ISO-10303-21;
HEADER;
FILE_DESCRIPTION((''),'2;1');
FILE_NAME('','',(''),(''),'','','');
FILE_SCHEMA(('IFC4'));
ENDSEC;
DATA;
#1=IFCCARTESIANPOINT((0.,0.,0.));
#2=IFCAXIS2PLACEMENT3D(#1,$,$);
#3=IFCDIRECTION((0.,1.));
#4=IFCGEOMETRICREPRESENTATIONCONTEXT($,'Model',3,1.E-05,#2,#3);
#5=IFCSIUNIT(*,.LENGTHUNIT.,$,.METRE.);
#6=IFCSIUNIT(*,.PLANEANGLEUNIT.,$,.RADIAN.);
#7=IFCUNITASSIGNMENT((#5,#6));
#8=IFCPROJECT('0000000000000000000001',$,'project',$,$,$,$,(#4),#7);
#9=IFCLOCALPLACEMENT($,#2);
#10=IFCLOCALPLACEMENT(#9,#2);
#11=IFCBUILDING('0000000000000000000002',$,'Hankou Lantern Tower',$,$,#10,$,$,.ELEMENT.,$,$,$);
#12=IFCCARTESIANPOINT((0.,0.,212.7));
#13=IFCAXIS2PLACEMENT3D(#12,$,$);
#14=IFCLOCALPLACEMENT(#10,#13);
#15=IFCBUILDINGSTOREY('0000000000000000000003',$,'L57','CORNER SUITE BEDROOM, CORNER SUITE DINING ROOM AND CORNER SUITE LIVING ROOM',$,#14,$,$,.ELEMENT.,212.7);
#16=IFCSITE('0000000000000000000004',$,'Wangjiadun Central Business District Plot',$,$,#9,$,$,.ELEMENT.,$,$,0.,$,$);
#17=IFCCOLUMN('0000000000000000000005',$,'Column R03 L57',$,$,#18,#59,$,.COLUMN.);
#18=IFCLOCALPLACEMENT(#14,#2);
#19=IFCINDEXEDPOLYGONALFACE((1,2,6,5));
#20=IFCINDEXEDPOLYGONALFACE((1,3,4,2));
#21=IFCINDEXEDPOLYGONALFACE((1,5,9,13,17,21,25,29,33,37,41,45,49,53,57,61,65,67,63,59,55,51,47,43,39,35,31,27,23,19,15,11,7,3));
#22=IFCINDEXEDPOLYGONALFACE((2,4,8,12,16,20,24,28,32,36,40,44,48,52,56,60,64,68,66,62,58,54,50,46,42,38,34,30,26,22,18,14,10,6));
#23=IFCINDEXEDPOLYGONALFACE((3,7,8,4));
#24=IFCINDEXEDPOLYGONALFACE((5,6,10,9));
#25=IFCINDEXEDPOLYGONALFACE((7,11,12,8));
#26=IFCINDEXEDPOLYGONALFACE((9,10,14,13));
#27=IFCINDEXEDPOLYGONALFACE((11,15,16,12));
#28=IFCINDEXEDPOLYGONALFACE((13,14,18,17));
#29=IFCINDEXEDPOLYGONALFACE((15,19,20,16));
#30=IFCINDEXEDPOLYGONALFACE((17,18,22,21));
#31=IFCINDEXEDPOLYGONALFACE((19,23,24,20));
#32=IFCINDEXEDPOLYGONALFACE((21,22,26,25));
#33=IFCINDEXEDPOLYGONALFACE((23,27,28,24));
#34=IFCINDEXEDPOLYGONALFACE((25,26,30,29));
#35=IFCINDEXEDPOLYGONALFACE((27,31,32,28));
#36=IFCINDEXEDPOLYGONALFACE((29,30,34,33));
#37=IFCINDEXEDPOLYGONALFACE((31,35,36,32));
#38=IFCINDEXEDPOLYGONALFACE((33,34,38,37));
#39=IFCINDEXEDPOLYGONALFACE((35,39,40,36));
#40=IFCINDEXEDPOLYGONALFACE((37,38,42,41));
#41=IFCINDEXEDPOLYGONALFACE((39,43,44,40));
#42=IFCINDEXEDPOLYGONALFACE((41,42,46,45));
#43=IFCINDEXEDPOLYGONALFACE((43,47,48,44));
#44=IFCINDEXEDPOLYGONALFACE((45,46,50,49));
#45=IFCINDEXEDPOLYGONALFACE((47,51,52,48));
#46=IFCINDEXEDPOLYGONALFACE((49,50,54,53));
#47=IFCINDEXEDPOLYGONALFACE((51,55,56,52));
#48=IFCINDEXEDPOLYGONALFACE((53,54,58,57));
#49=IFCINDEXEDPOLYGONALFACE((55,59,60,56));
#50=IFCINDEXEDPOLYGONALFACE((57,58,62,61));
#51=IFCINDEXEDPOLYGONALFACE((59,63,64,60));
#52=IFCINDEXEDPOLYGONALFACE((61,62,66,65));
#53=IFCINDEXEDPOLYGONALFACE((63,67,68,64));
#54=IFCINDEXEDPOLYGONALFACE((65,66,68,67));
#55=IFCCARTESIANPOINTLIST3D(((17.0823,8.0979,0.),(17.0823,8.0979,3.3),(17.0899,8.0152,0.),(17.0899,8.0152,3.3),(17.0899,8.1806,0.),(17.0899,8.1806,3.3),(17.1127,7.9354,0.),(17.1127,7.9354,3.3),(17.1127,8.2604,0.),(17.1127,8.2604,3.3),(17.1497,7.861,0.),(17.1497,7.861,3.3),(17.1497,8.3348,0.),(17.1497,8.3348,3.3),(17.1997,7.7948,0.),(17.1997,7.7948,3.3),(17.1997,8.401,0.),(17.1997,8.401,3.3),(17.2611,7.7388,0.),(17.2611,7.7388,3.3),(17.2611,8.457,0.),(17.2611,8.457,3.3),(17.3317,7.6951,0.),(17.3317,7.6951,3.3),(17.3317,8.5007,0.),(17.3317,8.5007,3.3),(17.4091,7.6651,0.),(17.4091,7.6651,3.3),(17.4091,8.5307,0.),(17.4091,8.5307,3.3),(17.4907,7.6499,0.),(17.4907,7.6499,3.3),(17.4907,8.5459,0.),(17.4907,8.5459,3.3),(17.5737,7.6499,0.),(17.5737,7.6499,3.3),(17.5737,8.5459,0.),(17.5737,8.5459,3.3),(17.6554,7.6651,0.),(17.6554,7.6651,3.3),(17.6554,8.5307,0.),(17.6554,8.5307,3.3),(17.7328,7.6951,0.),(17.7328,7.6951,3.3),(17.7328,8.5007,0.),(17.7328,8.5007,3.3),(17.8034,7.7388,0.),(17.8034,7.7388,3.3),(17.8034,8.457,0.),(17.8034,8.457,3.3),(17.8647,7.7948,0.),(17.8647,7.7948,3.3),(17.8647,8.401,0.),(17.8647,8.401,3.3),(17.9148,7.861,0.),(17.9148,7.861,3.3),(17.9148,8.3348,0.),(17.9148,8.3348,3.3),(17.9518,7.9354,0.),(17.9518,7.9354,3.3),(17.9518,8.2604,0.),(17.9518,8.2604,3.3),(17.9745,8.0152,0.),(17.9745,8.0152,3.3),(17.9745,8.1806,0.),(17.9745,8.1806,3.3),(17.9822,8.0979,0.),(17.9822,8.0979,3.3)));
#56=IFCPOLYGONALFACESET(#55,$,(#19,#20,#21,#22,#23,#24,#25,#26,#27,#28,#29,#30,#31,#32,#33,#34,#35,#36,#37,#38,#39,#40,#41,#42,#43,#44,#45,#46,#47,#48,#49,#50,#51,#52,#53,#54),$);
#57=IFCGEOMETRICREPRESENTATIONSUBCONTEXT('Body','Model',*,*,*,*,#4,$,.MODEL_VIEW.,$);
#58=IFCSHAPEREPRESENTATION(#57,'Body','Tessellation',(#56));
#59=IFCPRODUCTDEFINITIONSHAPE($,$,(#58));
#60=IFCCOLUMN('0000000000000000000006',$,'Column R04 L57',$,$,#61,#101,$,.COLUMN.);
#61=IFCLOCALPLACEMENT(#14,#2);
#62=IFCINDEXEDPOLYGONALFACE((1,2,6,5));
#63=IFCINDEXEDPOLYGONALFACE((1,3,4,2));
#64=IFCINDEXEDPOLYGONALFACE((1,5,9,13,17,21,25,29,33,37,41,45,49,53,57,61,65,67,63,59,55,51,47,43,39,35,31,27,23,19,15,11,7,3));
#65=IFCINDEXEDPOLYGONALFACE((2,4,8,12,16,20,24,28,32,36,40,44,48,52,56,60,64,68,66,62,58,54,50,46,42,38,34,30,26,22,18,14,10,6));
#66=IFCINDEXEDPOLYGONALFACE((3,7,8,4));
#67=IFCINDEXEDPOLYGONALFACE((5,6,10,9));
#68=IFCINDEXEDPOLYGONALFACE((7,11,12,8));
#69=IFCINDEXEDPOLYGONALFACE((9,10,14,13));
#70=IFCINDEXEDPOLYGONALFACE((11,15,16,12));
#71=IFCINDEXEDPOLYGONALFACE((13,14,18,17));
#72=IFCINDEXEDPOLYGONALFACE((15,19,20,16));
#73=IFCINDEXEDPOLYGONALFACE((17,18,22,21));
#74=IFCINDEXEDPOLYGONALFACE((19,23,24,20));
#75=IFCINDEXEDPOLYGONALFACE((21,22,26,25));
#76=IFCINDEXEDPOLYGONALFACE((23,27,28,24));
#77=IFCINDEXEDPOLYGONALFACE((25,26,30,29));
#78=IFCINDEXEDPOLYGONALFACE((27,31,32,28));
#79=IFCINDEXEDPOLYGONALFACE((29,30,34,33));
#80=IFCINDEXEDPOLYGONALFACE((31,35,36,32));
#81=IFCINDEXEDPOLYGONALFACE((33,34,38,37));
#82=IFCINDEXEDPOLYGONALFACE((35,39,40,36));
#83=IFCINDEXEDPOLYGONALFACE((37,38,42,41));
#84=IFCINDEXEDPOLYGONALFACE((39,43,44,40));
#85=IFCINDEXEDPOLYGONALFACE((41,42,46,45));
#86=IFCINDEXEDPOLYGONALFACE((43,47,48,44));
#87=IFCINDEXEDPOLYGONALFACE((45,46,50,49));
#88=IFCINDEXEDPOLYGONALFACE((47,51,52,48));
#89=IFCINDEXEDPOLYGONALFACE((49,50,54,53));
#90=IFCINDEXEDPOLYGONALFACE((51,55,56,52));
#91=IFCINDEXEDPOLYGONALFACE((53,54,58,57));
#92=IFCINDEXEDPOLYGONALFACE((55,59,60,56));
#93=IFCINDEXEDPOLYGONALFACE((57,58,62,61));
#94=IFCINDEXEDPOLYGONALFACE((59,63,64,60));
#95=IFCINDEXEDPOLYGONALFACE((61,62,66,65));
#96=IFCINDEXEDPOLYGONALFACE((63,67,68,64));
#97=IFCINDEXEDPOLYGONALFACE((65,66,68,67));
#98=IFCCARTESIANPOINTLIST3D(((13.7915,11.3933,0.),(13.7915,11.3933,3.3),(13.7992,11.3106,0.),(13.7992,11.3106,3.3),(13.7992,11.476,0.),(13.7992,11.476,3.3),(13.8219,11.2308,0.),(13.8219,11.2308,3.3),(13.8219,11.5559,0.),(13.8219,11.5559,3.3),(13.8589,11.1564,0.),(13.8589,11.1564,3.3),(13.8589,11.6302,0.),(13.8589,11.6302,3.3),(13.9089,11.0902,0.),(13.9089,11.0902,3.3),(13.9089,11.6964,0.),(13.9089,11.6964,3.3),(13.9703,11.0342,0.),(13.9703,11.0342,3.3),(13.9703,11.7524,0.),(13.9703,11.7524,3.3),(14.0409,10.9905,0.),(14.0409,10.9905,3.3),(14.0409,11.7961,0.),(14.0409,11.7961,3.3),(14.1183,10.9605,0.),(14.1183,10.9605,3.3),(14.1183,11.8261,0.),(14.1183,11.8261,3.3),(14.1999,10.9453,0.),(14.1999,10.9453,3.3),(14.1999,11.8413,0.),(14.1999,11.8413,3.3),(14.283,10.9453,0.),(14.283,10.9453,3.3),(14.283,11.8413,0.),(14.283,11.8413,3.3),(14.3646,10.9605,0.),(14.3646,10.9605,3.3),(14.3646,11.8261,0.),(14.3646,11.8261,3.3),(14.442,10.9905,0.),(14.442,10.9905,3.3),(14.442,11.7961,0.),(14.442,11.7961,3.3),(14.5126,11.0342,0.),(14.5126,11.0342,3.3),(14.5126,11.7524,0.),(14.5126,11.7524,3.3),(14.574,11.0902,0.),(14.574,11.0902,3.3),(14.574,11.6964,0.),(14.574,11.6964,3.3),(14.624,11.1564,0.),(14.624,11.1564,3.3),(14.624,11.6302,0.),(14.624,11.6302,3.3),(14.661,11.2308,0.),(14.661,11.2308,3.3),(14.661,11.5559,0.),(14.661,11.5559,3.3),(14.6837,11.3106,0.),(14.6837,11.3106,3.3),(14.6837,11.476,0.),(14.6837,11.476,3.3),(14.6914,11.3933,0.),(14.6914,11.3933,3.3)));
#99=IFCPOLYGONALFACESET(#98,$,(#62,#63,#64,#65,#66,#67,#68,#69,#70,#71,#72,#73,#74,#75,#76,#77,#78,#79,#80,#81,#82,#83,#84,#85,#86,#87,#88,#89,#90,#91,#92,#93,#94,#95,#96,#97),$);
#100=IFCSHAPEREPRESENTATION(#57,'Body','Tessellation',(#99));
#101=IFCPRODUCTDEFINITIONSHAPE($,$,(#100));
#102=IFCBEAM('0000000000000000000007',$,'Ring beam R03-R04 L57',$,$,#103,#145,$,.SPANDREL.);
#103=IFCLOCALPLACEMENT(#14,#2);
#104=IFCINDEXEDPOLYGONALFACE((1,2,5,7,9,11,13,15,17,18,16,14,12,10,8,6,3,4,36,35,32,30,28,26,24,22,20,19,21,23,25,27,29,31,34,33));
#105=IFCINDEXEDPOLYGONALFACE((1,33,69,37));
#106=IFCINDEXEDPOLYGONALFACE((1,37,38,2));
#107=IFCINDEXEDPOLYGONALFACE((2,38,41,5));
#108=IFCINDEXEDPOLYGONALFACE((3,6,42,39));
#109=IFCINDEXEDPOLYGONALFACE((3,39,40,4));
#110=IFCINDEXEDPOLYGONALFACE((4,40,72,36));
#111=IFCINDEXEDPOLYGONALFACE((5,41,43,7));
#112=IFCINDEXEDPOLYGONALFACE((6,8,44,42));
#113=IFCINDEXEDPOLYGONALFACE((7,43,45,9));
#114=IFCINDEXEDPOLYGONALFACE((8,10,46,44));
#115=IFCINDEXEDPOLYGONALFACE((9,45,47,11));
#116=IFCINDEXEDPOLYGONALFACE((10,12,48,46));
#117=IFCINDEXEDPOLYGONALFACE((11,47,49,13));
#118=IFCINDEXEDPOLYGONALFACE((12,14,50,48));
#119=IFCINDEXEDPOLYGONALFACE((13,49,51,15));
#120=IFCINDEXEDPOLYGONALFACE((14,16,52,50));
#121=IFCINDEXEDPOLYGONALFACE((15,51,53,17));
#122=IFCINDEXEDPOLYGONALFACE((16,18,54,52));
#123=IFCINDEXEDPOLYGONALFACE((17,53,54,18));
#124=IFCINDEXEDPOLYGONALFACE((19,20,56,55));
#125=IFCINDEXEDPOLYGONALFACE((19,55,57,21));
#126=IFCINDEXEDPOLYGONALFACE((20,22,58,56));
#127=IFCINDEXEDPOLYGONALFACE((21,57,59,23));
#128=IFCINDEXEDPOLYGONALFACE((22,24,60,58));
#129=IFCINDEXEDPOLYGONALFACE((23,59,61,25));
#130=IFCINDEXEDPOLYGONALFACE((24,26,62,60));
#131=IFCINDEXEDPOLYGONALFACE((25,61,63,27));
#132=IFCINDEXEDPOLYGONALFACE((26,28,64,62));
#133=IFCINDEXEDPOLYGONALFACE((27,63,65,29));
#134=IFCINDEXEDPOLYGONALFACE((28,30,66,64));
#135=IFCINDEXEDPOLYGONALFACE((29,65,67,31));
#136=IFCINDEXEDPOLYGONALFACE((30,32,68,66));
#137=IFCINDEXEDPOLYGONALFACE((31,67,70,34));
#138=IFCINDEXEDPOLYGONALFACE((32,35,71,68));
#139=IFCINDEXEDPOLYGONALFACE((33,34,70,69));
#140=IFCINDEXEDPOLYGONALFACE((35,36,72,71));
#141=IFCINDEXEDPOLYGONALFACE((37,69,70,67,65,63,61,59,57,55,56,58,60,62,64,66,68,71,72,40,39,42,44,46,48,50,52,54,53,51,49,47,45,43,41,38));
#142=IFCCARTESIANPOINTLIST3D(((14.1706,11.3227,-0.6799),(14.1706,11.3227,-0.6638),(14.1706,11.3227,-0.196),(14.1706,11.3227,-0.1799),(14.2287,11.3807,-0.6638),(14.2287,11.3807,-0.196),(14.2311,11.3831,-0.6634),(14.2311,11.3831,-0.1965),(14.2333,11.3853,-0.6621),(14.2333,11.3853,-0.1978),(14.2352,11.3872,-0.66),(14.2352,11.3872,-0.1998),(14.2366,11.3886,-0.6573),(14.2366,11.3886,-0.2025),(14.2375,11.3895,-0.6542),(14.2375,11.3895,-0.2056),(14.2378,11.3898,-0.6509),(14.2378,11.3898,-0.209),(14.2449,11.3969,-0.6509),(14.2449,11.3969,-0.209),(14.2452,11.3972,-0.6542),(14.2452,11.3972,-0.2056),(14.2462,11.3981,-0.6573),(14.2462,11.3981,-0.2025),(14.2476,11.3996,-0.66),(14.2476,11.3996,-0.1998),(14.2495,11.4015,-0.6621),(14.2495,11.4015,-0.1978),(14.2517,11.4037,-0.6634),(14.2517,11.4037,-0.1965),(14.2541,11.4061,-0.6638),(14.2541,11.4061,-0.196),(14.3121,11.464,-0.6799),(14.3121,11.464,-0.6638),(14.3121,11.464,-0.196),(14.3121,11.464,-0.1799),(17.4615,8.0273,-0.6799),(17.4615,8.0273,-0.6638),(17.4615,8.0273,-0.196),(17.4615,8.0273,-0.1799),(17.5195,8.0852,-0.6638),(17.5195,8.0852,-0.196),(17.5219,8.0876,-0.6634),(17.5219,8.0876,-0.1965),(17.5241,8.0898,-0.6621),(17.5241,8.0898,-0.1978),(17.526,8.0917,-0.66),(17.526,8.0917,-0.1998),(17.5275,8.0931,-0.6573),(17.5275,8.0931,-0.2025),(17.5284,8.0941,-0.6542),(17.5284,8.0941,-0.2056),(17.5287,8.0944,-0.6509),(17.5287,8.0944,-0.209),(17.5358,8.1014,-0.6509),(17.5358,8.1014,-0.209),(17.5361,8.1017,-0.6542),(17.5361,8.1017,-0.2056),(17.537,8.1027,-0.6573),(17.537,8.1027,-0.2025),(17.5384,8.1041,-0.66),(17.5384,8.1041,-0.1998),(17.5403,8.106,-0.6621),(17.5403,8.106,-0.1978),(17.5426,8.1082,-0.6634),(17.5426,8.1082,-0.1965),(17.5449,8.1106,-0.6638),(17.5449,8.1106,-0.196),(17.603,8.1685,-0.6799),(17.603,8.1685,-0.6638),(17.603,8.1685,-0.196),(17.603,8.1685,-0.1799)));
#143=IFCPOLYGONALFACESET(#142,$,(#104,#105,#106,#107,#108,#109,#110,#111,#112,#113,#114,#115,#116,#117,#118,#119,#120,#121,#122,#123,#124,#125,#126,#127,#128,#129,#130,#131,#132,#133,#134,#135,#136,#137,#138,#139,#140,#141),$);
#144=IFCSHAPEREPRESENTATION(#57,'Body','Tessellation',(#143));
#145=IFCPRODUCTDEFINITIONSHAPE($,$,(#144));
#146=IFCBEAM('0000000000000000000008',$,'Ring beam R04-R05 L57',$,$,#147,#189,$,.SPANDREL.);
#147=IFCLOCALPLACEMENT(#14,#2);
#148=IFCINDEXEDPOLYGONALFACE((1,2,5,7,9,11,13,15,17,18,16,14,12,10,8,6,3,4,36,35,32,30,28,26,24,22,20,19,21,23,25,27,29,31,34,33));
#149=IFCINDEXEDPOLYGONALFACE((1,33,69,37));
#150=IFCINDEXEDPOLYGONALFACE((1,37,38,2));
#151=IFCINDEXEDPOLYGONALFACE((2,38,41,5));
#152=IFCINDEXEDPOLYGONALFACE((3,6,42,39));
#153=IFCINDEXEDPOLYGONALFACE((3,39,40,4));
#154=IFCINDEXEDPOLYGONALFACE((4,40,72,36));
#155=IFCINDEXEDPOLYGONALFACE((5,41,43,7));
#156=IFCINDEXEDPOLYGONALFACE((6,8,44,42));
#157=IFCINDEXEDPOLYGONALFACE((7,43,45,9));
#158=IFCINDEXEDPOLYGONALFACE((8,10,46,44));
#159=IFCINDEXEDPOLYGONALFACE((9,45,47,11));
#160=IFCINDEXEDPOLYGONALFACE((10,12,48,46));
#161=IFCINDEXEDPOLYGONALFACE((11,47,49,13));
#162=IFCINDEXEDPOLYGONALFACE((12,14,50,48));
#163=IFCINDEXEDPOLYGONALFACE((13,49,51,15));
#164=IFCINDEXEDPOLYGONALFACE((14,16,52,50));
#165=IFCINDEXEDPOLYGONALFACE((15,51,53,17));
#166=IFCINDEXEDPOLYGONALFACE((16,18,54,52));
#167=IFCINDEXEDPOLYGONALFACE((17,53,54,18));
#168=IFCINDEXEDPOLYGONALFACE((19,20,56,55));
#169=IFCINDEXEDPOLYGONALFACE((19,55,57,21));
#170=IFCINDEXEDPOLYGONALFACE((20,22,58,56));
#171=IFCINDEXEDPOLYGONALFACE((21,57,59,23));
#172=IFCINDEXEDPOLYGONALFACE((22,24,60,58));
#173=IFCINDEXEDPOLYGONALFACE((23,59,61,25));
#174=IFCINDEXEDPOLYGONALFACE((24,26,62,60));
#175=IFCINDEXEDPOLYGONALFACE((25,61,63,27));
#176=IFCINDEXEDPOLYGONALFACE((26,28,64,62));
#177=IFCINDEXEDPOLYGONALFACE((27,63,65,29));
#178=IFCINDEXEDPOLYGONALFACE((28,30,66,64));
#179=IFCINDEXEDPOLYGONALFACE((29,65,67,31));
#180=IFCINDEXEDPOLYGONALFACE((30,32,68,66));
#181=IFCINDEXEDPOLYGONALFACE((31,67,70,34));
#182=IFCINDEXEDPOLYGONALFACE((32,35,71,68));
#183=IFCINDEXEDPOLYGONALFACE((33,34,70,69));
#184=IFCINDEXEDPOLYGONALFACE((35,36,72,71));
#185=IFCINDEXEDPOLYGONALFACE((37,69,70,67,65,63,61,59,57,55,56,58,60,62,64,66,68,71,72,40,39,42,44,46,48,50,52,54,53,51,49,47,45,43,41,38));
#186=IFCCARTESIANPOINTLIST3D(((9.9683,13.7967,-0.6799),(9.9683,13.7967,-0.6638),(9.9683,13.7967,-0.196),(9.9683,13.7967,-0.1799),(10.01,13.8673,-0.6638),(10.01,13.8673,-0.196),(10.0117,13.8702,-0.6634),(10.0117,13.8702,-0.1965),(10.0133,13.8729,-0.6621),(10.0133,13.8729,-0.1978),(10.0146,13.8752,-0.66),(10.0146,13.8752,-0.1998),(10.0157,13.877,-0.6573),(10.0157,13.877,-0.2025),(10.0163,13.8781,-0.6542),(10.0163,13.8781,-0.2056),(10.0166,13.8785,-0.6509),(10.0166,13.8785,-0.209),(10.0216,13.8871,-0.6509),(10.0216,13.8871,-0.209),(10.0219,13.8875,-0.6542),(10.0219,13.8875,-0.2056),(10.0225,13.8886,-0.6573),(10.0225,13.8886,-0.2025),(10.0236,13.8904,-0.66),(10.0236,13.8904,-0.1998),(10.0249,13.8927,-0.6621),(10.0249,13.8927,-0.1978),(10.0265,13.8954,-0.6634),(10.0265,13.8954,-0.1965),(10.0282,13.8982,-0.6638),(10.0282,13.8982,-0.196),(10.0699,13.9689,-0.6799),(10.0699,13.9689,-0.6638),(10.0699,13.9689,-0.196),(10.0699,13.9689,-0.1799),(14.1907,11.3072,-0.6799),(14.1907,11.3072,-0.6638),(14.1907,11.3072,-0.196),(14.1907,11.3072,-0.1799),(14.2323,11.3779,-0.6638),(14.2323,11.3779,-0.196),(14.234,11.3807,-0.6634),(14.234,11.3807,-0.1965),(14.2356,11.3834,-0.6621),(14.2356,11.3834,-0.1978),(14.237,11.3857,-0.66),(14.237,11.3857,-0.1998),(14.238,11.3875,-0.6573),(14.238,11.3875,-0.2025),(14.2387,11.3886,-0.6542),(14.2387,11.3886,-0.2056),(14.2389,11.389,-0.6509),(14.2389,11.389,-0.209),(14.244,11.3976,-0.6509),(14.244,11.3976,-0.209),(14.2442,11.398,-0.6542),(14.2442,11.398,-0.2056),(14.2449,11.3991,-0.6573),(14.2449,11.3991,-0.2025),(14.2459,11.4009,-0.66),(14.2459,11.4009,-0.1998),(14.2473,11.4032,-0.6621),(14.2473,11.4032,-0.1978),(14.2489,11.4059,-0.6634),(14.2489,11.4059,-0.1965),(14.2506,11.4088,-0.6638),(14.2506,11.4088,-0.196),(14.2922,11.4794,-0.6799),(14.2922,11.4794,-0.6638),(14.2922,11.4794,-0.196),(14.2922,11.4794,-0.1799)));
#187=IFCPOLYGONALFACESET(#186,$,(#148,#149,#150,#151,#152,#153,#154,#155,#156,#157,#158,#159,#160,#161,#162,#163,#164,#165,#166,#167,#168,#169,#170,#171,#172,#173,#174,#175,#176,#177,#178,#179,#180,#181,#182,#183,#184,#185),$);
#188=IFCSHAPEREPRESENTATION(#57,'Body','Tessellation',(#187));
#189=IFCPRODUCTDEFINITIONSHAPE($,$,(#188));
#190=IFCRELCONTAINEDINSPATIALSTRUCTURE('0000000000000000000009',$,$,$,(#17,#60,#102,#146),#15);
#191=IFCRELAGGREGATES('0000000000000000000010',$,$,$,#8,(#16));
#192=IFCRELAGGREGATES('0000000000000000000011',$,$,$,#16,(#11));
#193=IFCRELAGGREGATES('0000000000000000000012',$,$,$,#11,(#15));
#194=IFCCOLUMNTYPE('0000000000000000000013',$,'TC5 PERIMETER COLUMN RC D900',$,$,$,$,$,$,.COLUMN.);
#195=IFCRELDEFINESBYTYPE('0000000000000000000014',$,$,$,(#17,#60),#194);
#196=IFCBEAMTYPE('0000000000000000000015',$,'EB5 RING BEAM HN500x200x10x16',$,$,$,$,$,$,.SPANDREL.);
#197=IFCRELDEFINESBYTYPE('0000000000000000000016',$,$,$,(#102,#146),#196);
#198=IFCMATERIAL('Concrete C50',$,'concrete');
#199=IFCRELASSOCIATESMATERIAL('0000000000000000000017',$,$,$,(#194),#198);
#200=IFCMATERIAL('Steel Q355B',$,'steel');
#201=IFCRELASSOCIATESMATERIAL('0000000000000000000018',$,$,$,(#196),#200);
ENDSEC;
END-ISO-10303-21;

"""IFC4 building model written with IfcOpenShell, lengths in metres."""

from ifc_helpers import new_model, si_unit, direction, frame, origin, origin_2d, place, context, subcontext, project, spatial, circle, i_section, extrude, material, material_profile, profile_set, type_object, element, save


model = new_model("IFC4")

# Units and contexts
model_context = context("Model", 3, precision=1e-05, world=origin(), true_north=direction((0.0, 1.0)))
body_context = subcontext(model_context, "Body", "Model", "MODEL_VIEW")
ifc_project = project(units=[si_unit("LENGTHUNIT", "METRE"), si_unit("PLANEANGLEUNIT", "RADIAN")], contexts=[model_context])

# Site, building, storey
site_placement = place(None, origin())
site = spatial("IfcSite", under=ifc_project, at=site_placement, Name="Wangjiadun Central Business District Plot", CompositionType="ELEMENT", RefElevation=0.0)
building_placement = place(site_placement, origin())
building = spatial("IfcBuilding", under=site, at=building_placement, Name="Hankou Lantern Tower", CompositionType="ELEMENT")
storey_placement = place(building_placement, frame((0.0, 0.0, 212.7)))
storey = spatial("IfcBuildingStorey", under=building, at=storey_placement, Name="L57", Description="CORNER SUITE BEDROOM, CORNER SUITE DINING ROOM AND CORNER SUITE LIVING ROOM", CompositionType="ELEMENT", Elevation=212.7)

# Columns
ifc_material_1 = material(Name="Concrete C50", Category="concrete")
ifc_material_profile_1 = material_profile(ifc_material_1, circle(Radius=0.45, at=origin_2d()), Name="RC D900")
ifc_profile_set_1 = profile_set([ifc_material_profile_1], Name="Concrete C50")
column_type = type_object("IfcColumnType", Name="TC5 PERIMETER COLUMN RC D900", PredefinedType="COLUMN", material=ifc_profile_set_1)
for number, where, z_axis, x_axis, name in (
    (1, (17.5322, 8.0979, 0.0), (0.0, 0.0, 1.0), (1.0, 0.0, 0.0), "Column R03 L57"),
    (2, (14.2415, 11.3933, 0.0), (0.0, 0.0, 1.0), (1.0, 0.0, 0.0), "Column R04 L57"),
):
    element("IfcColumn", number, at=place(storey_placement, frame(where, z_axis=z_axis, x_axis=x_axis)), inside=storey, type_object=column_type, Name=name, PredefinedType="COLUMN", context=body_context, shape_type="SweptSolid", body=[
        extrude(circle(Radius=0.45, at=origin_2d()), origin(), (0.0, 0.0, 1.0), 3.3),
    ])

# Beams
ifc_material_2 = material(Name="Steel Q355B", Category="steel")
ifc_material_profile_2 = material_profile(ifc_material_2, i_section(OverallWidth=0.2, OverallDepth=0.5, WebThickness=0.01, FlangeThickness=0.0161, FilletRadius=0.0129, at=origin_2d()), Name="HN500x200x10x16")
ifc_profile_set_2 = profile_set([ifc_material_profile_2], Name="Steel Q355B")
beam_type_1 = type_object("IfcBeamType", Name="EB5 RING BEAM HN500x200x10x16", PredefinedType="SPANDREL", material=ifc_profile_set_2)
beam_1_placement = place(storey_placement, frame((17.5322, 8.0979, -0.4299), z_axis=(-0.706609, 0.707605, 0.0), x_axis=(-0.707605, -0.706609, 0.0)))
element("IfcBeam", 3, at=beam_1_placement, inside=storey, type_object=beam_type_1, Name="Ring beam R03-R04 L57", PredefinedType="SPANDREL", context=body_context, shape_type="SweptSolid", body=[
    extrude(i_section(OverallWidth=0.2, OverallDepth=0.5, WebThickness=0.01, FlangeThickness=0.0161, FilletRadius=0.0129, at=origin_2d()), origin(), (0.0, 0.0, 1.0), 4.6572),
])
beam_2_placement = place(storey_placement, frame((14.2415, 11.3933, -0.4299), z_axis=(-0.861423, 0.507888, 0.0), x_axis=(-0.507888, -0.861423, 0.0)))
element("IfcBeam", 4, at=beam_2_placement, inside=storey, type_object=beam_type_1, Name="Ring beam R04-R05 L57", PredefinedType="SPANDREL", context=body_context, shape_type="SweptSolid", body=[
    extrude(i_section(OverallWidth=0.2, OverallDepth=0.5, WebThickness=0.01, FlangeThickness=0.0161, FilletRadius=0.0129, at=origin_2d()), origin(), (0.0, 0.0, 1.0), 4.9016),
])

save(model, "model.ifc")
